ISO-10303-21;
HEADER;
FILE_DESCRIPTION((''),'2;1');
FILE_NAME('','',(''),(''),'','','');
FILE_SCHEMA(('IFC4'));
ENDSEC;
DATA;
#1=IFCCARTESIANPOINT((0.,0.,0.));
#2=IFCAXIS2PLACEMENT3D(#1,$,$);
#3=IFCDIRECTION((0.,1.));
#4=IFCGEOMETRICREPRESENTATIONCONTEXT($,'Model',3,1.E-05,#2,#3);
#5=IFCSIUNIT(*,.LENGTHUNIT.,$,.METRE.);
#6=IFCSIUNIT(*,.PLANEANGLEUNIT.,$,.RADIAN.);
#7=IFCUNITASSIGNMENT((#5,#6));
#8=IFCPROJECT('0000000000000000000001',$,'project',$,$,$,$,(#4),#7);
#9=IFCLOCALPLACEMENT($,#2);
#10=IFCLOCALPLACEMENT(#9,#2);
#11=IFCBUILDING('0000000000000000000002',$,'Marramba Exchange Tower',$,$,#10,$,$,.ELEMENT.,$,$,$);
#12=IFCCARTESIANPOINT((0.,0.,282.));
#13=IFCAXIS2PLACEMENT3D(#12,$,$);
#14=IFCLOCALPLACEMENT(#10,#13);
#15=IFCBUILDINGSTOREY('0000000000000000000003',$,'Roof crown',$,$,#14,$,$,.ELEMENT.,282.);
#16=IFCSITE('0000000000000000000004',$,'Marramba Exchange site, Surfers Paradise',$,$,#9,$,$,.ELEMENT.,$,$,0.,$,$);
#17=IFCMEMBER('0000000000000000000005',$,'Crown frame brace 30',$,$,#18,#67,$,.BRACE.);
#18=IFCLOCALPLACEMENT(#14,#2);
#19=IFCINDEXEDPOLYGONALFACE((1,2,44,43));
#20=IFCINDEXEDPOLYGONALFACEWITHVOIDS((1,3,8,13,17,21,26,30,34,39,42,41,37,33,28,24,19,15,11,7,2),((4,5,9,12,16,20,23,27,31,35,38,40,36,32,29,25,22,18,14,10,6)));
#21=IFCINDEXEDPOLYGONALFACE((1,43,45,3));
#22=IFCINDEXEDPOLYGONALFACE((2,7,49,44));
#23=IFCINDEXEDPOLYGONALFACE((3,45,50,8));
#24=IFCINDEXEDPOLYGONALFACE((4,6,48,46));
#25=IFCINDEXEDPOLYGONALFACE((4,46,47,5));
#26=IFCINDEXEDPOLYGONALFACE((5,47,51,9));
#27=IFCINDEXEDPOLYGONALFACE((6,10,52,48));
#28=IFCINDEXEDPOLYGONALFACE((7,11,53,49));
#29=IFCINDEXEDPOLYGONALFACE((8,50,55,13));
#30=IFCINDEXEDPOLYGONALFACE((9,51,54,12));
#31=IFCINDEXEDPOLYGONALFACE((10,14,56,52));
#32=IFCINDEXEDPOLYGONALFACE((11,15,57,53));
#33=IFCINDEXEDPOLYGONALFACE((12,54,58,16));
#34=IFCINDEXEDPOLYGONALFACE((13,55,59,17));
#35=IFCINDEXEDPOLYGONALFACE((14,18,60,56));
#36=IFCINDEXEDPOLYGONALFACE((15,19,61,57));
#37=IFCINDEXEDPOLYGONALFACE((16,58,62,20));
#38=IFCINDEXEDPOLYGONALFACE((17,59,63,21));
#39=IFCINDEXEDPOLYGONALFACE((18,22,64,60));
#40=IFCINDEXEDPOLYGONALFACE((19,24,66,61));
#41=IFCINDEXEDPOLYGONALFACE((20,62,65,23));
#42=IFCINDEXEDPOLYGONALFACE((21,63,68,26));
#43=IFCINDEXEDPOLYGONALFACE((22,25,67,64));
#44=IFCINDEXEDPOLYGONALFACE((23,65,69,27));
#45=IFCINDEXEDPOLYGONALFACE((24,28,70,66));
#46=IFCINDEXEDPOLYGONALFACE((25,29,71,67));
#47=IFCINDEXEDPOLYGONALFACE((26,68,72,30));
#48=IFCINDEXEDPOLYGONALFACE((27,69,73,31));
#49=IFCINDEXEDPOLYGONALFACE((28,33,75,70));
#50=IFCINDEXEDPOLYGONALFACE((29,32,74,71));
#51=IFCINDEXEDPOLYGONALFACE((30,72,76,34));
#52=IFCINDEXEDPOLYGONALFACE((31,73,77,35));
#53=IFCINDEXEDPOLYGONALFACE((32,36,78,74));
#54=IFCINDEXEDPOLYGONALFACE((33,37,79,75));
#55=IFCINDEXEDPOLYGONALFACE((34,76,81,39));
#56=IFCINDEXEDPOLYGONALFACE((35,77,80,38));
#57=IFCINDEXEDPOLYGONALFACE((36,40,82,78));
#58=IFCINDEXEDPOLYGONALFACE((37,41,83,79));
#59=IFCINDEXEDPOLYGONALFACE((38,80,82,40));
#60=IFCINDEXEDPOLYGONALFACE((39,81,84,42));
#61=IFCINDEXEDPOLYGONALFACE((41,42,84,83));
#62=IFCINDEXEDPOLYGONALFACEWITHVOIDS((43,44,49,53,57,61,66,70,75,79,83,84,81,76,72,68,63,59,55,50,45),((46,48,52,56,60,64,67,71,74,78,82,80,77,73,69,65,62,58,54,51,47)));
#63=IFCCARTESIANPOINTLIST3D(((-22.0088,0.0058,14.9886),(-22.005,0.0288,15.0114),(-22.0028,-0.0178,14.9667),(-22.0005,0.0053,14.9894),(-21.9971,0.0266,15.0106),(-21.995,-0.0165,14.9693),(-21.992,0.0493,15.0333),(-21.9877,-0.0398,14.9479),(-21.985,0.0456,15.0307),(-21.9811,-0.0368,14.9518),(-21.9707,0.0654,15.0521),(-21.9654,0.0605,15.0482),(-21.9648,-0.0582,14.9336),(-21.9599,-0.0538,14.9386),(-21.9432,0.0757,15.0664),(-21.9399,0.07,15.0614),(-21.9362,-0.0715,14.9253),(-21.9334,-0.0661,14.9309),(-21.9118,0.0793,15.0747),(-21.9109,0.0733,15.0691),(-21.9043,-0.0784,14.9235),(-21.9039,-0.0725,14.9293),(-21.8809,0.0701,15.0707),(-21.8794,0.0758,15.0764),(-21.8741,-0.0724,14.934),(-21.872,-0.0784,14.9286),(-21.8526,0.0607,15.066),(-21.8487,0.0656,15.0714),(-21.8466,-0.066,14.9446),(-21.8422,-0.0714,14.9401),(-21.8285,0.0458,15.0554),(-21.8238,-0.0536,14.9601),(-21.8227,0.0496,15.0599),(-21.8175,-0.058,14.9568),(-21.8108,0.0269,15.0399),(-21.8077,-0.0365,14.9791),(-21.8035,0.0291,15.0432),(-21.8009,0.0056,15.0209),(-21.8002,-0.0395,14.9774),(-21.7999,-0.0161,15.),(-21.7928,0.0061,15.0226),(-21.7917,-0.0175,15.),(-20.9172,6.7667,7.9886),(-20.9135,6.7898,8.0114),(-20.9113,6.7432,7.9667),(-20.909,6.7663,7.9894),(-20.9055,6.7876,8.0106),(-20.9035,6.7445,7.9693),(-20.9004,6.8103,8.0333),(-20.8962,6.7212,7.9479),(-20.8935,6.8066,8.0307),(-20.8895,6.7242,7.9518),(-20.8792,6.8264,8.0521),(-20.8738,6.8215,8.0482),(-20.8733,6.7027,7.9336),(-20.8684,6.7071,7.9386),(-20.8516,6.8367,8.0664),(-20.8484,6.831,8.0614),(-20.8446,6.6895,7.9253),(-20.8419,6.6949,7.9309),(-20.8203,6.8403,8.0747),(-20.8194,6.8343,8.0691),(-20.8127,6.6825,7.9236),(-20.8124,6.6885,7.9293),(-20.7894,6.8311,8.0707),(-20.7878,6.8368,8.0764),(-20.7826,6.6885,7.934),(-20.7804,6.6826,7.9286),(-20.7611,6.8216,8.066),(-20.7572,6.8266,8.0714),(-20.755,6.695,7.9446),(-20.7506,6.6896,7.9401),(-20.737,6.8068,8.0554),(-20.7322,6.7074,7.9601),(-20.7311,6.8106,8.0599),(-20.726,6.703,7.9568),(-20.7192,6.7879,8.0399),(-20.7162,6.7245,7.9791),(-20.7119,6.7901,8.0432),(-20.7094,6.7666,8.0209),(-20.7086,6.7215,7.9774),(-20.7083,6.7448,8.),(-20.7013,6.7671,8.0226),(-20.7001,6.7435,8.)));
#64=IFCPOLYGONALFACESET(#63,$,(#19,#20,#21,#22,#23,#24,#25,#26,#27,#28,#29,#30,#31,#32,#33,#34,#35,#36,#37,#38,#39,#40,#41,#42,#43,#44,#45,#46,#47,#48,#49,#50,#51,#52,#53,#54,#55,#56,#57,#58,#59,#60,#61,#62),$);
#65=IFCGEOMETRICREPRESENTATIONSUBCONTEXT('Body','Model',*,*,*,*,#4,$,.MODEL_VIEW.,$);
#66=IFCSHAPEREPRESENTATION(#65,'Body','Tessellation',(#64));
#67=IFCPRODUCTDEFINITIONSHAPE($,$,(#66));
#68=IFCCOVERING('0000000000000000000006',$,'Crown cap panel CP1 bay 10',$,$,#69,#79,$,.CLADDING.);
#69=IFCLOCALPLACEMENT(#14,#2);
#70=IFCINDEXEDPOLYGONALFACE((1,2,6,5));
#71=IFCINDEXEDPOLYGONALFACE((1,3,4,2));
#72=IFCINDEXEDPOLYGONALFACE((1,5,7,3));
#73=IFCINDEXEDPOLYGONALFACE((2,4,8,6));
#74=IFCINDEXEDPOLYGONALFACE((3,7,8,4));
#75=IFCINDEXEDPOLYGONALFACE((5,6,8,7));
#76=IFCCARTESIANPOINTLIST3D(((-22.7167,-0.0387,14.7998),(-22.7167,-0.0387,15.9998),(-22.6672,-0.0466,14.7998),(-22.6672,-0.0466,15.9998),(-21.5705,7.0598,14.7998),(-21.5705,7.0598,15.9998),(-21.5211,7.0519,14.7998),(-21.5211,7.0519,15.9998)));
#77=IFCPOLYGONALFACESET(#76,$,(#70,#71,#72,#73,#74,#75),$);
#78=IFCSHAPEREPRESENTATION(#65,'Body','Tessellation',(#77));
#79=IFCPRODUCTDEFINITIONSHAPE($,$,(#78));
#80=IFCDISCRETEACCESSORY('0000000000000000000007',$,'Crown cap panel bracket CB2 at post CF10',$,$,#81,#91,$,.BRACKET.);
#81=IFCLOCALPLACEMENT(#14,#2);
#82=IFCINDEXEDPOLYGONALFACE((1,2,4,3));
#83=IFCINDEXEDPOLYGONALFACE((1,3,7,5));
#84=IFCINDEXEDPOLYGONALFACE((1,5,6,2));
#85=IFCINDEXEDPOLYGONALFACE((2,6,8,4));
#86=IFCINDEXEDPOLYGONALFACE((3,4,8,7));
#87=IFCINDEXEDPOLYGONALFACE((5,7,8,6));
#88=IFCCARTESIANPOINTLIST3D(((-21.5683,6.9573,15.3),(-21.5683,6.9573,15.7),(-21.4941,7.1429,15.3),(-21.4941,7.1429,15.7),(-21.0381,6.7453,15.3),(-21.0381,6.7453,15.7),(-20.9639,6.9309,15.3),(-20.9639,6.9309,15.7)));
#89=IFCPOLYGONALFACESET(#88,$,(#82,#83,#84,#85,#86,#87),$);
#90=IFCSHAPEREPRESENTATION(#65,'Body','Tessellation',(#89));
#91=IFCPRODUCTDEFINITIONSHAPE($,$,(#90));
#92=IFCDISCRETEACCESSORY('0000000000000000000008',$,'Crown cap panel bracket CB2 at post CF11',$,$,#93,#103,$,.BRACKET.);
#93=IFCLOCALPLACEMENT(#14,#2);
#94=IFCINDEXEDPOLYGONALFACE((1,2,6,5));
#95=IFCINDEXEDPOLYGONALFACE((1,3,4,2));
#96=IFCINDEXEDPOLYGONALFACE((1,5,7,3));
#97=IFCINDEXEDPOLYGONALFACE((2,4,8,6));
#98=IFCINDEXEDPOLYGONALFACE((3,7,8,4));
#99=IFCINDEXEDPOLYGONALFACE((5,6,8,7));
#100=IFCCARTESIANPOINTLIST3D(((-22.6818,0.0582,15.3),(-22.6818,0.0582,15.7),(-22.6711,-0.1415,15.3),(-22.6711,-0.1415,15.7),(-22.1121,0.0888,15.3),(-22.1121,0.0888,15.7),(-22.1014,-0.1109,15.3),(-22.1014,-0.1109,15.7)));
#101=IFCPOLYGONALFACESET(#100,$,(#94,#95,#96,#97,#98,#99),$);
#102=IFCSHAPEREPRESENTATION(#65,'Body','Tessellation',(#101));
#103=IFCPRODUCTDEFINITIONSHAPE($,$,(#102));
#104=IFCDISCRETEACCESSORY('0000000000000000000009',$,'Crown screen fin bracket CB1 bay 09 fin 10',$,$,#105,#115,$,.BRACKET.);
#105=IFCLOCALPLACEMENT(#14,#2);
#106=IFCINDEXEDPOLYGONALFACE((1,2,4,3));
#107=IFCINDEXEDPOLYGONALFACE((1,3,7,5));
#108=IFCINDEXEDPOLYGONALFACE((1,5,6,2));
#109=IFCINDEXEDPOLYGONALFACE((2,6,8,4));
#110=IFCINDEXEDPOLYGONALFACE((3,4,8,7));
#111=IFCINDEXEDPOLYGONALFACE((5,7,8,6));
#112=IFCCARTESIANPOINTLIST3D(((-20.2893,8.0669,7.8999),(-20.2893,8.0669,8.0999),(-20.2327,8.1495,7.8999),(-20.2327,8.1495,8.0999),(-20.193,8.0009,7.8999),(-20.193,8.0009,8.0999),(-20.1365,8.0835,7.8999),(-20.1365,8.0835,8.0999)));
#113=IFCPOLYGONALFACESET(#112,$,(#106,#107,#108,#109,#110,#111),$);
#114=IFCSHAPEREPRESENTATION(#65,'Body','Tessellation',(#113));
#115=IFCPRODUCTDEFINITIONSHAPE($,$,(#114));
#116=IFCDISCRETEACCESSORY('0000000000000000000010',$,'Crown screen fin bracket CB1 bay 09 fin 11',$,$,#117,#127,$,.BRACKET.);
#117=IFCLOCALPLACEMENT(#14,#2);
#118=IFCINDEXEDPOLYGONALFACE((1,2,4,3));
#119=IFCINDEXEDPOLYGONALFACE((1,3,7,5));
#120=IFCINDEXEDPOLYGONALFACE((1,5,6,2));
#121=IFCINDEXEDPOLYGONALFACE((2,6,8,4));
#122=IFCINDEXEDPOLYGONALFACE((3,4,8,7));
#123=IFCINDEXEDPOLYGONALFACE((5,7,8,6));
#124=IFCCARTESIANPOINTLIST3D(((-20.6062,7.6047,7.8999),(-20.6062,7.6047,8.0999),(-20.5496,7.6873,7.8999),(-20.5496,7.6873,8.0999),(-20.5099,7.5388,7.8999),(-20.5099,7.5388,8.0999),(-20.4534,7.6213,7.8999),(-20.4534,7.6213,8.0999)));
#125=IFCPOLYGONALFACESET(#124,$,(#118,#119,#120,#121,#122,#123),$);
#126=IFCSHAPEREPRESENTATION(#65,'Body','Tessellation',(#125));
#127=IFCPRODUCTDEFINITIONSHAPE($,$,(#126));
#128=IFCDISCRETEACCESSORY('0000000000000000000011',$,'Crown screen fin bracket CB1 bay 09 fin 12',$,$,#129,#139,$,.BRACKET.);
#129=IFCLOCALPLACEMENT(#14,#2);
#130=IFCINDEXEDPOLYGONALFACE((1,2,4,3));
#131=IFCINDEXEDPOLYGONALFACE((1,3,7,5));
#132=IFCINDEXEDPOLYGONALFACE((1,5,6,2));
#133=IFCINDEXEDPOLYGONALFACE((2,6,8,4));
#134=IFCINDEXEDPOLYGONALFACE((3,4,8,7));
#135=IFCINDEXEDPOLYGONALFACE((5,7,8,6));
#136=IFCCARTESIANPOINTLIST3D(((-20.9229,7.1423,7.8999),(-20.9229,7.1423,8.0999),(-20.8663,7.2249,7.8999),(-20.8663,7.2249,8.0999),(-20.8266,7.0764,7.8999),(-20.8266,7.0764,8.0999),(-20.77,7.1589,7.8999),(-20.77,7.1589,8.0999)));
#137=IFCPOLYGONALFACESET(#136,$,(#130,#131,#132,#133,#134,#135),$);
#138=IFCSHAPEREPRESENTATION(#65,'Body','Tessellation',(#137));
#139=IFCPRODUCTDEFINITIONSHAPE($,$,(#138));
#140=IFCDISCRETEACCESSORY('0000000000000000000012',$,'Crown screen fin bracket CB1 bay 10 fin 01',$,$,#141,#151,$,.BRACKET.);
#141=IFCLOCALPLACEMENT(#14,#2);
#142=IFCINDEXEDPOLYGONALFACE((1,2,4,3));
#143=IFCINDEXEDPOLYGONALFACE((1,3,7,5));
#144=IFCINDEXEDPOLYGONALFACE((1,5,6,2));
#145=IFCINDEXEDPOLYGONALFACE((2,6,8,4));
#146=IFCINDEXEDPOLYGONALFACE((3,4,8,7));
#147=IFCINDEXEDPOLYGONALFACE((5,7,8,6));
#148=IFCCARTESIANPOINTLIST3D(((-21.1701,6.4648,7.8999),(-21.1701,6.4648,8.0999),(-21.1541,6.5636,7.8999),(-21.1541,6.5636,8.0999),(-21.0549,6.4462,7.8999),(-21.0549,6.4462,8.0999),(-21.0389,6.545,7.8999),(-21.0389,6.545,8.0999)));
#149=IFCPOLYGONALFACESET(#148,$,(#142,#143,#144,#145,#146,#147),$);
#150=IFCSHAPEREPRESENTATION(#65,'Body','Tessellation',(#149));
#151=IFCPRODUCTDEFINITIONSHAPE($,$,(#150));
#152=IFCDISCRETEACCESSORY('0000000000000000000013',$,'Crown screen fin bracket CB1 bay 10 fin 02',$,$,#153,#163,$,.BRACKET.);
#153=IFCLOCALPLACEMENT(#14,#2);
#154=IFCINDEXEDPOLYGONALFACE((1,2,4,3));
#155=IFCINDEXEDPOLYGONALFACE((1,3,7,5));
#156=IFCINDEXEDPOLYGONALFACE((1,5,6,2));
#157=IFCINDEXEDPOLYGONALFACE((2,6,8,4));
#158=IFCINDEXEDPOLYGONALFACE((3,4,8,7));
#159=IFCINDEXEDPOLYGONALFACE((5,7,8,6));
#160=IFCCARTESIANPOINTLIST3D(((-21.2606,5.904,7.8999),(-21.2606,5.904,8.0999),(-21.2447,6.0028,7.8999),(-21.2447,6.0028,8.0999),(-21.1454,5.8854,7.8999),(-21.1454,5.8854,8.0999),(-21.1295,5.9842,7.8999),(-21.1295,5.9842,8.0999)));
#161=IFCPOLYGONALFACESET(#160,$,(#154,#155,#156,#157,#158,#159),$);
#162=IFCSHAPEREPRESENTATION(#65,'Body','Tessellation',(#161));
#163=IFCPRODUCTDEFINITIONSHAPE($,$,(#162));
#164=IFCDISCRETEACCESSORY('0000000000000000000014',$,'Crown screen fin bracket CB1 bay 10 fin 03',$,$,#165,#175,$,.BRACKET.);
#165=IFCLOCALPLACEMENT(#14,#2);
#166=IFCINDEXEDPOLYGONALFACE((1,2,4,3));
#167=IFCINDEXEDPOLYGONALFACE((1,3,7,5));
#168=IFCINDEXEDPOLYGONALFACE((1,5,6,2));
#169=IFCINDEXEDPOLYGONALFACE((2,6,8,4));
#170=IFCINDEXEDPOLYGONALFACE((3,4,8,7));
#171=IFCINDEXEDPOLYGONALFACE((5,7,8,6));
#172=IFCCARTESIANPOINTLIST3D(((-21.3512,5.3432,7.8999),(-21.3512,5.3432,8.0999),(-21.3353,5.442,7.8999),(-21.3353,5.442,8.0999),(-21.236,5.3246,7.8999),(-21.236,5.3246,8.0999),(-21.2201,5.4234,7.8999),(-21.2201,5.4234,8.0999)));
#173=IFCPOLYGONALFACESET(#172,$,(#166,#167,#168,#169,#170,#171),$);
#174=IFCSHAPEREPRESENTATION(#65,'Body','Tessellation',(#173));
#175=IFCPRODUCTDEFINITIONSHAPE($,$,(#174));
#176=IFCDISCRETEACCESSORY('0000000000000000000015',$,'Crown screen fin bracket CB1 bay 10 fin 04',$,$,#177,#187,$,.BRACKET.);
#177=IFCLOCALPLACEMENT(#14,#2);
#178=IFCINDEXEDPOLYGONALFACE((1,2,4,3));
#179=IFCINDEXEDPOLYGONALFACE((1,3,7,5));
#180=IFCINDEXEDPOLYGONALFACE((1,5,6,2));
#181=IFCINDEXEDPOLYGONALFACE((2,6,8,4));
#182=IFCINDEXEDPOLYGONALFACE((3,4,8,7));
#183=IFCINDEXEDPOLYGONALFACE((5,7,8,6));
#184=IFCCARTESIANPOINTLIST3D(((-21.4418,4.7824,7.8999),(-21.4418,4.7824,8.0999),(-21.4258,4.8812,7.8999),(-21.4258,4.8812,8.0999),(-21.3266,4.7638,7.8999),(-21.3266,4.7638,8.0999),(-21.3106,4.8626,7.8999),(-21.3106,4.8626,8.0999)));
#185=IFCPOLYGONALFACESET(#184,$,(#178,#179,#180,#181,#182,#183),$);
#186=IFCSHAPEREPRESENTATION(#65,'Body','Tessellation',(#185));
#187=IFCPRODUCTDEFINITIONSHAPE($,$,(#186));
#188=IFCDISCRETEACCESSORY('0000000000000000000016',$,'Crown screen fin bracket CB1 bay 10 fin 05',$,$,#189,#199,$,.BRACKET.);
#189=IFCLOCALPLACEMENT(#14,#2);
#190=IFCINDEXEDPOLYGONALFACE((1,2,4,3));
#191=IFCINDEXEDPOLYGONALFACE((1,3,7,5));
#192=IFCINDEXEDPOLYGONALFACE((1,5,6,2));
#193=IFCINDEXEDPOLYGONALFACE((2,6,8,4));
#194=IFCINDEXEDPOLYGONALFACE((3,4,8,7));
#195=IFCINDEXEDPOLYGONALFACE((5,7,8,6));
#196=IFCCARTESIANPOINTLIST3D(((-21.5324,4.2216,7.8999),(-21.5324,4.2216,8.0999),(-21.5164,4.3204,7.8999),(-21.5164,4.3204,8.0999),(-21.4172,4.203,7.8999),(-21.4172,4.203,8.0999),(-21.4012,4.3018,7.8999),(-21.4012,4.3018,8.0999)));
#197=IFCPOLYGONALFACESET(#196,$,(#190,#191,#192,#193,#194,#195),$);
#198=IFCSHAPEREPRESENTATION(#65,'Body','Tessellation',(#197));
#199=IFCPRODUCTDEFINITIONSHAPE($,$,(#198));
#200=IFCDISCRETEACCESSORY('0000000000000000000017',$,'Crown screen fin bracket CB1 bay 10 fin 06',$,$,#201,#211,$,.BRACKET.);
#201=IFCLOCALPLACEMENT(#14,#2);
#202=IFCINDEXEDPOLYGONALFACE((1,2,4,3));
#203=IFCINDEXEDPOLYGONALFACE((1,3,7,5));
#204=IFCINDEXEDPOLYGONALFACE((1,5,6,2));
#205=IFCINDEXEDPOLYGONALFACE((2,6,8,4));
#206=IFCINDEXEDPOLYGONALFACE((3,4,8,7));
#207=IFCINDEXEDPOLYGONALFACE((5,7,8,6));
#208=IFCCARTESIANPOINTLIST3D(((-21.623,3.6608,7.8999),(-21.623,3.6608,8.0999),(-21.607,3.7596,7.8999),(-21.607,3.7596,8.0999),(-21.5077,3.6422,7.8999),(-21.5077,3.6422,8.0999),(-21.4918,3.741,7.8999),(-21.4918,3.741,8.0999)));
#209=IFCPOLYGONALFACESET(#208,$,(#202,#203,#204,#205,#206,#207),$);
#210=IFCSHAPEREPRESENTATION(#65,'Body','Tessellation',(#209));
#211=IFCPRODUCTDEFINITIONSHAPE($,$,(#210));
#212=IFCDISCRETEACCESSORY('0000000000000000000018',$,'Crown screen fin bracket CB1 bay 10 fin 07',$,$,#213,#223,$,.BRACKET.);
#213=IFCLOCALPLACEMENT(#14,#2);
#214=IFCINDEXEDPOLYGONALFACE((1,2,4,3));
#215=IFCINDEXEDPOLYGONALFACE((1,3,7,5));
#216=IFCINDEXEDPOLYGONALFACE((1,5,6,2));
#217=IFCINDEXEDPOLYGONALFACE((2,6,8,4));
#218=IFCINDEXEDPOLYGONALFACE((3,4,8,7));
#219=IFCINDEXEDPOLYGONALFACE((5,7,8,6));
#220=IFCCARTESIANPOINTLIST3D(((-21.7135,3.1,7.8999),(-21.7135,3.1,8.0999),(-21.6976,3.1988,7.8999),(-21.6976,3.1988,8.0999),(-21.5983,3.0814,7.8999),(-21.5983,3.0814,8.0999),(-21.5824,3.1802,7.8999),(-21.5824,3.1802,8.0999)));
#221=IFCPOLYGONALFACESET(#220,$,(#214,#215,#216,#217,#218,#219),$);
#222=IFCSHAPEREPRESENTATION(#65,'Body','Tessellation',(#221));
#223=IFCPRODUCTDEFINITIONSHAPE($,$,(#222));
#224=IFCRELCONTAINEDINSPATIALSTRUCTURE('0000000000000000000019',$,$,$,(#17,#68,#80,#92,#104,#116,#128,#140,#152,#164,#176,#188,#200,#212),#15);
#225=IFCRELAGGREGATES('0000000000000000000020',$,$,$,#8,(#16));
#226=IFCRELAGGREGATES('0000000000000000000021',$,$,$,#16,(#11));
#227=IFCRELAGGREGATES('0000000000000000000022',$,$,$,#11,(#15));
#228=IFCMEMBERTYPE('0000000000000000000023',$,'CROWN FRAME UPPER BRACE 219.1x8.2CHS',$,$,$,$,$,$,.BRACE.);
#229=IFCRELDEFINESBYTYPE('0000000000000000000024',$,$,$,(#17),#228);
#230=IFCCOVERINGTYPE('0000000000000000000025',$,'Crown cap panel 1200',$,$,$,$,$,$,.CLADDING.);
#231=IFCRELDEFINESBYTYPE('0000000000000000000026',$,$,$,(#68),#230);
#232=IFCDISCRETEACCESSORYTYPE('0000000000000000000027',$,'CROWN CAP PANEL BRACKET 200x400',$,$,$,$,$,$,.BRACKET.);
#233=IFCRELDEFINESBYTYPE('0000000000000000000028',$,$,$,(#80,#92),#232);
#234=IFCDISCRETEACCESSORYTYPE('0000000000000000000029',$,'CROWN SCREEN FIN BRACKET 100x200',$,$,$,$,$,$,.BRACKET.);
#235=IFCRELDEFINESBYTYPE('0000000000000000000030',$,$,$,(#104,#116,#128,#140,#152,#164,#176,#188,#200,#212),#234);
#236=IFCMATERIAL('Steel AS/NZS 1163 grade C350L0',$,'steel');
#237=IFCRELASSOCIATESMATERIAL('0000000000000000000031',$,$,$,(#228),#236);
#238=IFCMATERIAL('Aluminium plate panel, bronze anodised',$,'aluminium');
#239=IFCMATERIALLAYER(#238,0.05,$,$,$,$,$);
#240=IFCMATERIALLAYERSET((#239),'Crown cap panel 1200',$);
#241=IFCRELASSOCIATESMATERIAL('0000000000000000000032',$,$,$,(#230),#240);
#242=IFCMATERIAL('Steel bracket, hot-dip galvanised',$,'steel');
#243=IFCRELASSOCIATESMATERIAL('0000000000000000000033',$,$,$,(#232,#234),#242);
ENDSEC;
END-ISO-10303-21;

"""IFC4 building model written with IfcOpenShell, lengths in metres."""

from ifc_helpers import new_model, si_unit, direction, frame, origin, origin_2d, place, context, subcontext, project, spatial, rectangle, hollow_circle, extrude, material, layer, layer_set, material_profile, profile_set, type_object, element, save


model = new_model("IFC4")

# Units and contexts
model_context = context("Model", 3, precision=1e-05, world=origin(), true_north=direction((0.0, 1.0)))
body_context = subcontext(model_context, "Body", "Model", "MODEL_VIEW")
ifc_project = project(units=[si_unit("LENGTHUNIT", "METRE"), si_unit("PLANEANGLEUNIT", "RADIAN")], contexts=[model_context])

# Site, building, storey
site_placement = place(None, origin())
site = spatial("IfcSite", under=ifc_project, at=site_placement, Name="Marramba Exchange site, Surfers Paradise", CompositionType="ELEMENT", RefElevation=0.0)
building_placement = place(site_placement, origin())
building = spatial("IfcBuilding", under=site, at=building_placement, Name="Marramba Exchange Tower", CompositionType="ELEMENT")
storey_placement = place(building_placement, frame((0.0, 0.0, 282.0)))
storey = spatial("IfcBuildingStorey", under=building, at=storey_placement, Name="Roof crown", CompositionType="ELEMENT", Elevation=282.0)

# Shared definitions
ifc_material_1 = material(Name="Steel AS/NZS 1163 grade C350L0", Category="steel")

# Member
ifc_material_profile_1 = material_profile(ifc_material_1, hollow_circle(Radius=0.1096, WallThickness=0.0083, at=origin_2d()), Name="219.1x8.2CHS")
ifc_profile_set_1 = profile_set([ifc_material_profile_1], Name="Steel AS/NZS 1163 grade C350L0")
member_type = type_object("IfcMemberType", Name="CROWN FRAME UPPER BRACE 219.1x8.2CHS", PredefinedType="BRACE", material=ifc_profile_set_1)
member_1_placement = place(storey_placement, frame((-20.8083, 6.761, 8.0), z_axis=(-0.111463, -0.690391, 0.714798), x_axis=(0.987217, -0.159385, 0.0)))
element("IfcMember", 1, at=member_1_placement, inside=storey, type_object=member_type, Name="Crown frame brace 30", PredefinedType="BRACE", context=body_context, shape_type="SweptSolid", body=[
    extrude(hollow_circle(Radius=0.1096, WallThickness=0.0083, at=origin_2d()), origin(), (0.0, 0.0, 1.0), 9.793),
])

# Covering
ifc_material_2 = material(Name="Aluminium plate panel, bronze anodised", Category="aluminium")
ifc_layer = layer(ifc_material_2, 0.05)
ifc_layer_set = layer_set([ifc_layer], Name="Crown cap panel 1200")
covering_type = type_object("IfcCoveringType", Name="Crown cap panel 1200", PredefinedType="CLADDING", material=ifc_layer_set)
covering_placement = place(storey_placement, frame((-22.1189, 3.5066, 14.7998), z_axis=(0.0, 0.0, 1.0), x_axis=(-0.159394, -0.987215, 0.0)))
element("IfcCovering", 2, at=covering_placement, inside=storey, type_object=covering_type, Name="Crown cap panel CP1 bay 10", PredefinedType="CLADDING", context=body_context, shape_type="SweptSolid", body=[
    extrude(rectangle(XDim=7.1904, YDim=0.05, at=origin_2d()), origin(), (0.0, 0.0, 1.0), 1.2),
])

# Discrete accessories
ifc_material_3 = material(Name="Steel bracket, hot-dip galvanised", Category="steel")
discrete_accessory_type_1 = type_object("IfcDiscreteAccessoryType", Name="CROWN CAP PANEL BRACKET 200x400", PredefinedType="BRACKET", material=ifc_material_3)
discrete_accessory_1_placement = place(storey_placement, frame((-21.2661, 6.9441, 15.3), z_axis=(0.0, 0.0, 1.0), x_axis=(-0.92853, 0.371257, 0.0)))
element("IfcDiscreteAccessory", 3, at=discrete_accessory_1_placement, inside=storey, type_object=discrete_accessory_type_1, Name="Crown cap panel bracket CB2 at post CF10", PredefinedType="BRACKET", context=body_context, shape_type="SweptSolid", body=[
    extrude(rectangle(XDim=0.571, YDim=0.2, at=origin_2d()), origin(), (0.0, 0.0, 1.0), 0.3999),
])
discrete_accessory_2_placement = place(storey_placement, frame((-22.3916, -0.0264, 15.3), z_axis=(0.0, 0.0, 1.0), x_axis=(-0.998558, -0.053677, 0.0)))
element("IfcDiscreteAccessory", 4, at=discrete_accessory_2_placement, inside=storey, type_object=discrete_accessory_type_1, Name="Crown cap panel bracket CB2 at post CF11", PredefinedType="BRACKET", context=body_context, shape_type="SweptSolid", body=[
    extrude(rectangle(XDim=0.5706, YDim=0.2, at=origin_2d()), origin(), (0.0, 0.0, 1.0), 0.3999),
])
discrete_accessory_type_2 = type_object("IfcDiscreteAccessoryType", Name="CROWN SCREEN FIN BRACKET 100x200", PredefinedType="BRACKET", material=ifc_material_3)
for number, where, z_axis, x_axis, name in (
    (5, (-20.2129, 8.0752, 7.8999), (0.0, 0.0, 1.0), (-0.565176, -0.82497, 0.0), "Crown screen fin bracket CB1 bay 09 fin 10"),
    (6, (-20.5298, 7.613, 7.8999), (0.0, 0.0, 1.0), (-0.565176, -0.82497, 0.0), "Crown screen fin bracket CB1 bay 09 fin 11"),
    (7, (-20.8464, 7.1506, 7.8999), (0.0, 0.0, 1.0), (-0.565176, -0.82497, 0.0), "Crown screen fin bracket CB1 bay 09 fin 12"),
    (8, (-21.1045, 6.5049, 7.8999), (0.0, 0.0, 1.0), (-0.159394, -0.987215, 0.0), "Crown screen fin bracket CB1 bay 10 fin 01"),
    (9, (-21.1951, 5.9441, 7.8999), (0.0, 0.0, 1.0), (-0.159394, -0.987215, 0.0), "Crown screen fin bracket CB1 bay 10 fin 02"),
    (10, (-21.2856, 5.3833, 7.8999), (0.0, 0.0, 1.0), (-0.159394, -0.987215, 0.0), "Crown screen fin bracket CB1 bay 10 fin 03"),
    (11, (-21.3762, 4.8225, 7.8999), (0.0, 0.0, 1.0), (-0.159394, -0.987215, 0.0), "Crown screen fin bracket CB1 bay 10 fin 04"),
    (12, (-21.4668, 4.2617, 7.8999), (0.0, 0.0, 1.0), (-0.159394, -0.987215, 0.0), "Crown screen fin bracket CB1 bay 10 fin 05"),
    (13, (-21.5574, 3.7009, 7.8999), (0.0, 0.0, 1.0), (-0.159394, -0.987215, 0.0), "Crown screen fin bracket CB1 bay 10 fin 06"),
    (14, (-21.6479, 3.1401, 7.8999), (0.0, 0.0, 1.0), (-0.159394, -0.987215, 0.0), "Crown screen fin bracket CB1 bay 10 fin 07"),
):
    element("IfcDiscreteAccessory", number, at=place(storey_placement, frame(where, z_axis=z_axis, x_axis=x_axis)), inside=storey, type_object=discrete_accessory_type_2, Name=name, PredefinedType="BRACKET", context=body_context, shape_type="SweptSolid", body=[
        extrude(rectangle(XDim=0.1001, YDim=0.1167, at=origin_2d()), origin(), (0.0, 0.0, 1.0), 0.2),
    ])

save(model, "model.ifc")
